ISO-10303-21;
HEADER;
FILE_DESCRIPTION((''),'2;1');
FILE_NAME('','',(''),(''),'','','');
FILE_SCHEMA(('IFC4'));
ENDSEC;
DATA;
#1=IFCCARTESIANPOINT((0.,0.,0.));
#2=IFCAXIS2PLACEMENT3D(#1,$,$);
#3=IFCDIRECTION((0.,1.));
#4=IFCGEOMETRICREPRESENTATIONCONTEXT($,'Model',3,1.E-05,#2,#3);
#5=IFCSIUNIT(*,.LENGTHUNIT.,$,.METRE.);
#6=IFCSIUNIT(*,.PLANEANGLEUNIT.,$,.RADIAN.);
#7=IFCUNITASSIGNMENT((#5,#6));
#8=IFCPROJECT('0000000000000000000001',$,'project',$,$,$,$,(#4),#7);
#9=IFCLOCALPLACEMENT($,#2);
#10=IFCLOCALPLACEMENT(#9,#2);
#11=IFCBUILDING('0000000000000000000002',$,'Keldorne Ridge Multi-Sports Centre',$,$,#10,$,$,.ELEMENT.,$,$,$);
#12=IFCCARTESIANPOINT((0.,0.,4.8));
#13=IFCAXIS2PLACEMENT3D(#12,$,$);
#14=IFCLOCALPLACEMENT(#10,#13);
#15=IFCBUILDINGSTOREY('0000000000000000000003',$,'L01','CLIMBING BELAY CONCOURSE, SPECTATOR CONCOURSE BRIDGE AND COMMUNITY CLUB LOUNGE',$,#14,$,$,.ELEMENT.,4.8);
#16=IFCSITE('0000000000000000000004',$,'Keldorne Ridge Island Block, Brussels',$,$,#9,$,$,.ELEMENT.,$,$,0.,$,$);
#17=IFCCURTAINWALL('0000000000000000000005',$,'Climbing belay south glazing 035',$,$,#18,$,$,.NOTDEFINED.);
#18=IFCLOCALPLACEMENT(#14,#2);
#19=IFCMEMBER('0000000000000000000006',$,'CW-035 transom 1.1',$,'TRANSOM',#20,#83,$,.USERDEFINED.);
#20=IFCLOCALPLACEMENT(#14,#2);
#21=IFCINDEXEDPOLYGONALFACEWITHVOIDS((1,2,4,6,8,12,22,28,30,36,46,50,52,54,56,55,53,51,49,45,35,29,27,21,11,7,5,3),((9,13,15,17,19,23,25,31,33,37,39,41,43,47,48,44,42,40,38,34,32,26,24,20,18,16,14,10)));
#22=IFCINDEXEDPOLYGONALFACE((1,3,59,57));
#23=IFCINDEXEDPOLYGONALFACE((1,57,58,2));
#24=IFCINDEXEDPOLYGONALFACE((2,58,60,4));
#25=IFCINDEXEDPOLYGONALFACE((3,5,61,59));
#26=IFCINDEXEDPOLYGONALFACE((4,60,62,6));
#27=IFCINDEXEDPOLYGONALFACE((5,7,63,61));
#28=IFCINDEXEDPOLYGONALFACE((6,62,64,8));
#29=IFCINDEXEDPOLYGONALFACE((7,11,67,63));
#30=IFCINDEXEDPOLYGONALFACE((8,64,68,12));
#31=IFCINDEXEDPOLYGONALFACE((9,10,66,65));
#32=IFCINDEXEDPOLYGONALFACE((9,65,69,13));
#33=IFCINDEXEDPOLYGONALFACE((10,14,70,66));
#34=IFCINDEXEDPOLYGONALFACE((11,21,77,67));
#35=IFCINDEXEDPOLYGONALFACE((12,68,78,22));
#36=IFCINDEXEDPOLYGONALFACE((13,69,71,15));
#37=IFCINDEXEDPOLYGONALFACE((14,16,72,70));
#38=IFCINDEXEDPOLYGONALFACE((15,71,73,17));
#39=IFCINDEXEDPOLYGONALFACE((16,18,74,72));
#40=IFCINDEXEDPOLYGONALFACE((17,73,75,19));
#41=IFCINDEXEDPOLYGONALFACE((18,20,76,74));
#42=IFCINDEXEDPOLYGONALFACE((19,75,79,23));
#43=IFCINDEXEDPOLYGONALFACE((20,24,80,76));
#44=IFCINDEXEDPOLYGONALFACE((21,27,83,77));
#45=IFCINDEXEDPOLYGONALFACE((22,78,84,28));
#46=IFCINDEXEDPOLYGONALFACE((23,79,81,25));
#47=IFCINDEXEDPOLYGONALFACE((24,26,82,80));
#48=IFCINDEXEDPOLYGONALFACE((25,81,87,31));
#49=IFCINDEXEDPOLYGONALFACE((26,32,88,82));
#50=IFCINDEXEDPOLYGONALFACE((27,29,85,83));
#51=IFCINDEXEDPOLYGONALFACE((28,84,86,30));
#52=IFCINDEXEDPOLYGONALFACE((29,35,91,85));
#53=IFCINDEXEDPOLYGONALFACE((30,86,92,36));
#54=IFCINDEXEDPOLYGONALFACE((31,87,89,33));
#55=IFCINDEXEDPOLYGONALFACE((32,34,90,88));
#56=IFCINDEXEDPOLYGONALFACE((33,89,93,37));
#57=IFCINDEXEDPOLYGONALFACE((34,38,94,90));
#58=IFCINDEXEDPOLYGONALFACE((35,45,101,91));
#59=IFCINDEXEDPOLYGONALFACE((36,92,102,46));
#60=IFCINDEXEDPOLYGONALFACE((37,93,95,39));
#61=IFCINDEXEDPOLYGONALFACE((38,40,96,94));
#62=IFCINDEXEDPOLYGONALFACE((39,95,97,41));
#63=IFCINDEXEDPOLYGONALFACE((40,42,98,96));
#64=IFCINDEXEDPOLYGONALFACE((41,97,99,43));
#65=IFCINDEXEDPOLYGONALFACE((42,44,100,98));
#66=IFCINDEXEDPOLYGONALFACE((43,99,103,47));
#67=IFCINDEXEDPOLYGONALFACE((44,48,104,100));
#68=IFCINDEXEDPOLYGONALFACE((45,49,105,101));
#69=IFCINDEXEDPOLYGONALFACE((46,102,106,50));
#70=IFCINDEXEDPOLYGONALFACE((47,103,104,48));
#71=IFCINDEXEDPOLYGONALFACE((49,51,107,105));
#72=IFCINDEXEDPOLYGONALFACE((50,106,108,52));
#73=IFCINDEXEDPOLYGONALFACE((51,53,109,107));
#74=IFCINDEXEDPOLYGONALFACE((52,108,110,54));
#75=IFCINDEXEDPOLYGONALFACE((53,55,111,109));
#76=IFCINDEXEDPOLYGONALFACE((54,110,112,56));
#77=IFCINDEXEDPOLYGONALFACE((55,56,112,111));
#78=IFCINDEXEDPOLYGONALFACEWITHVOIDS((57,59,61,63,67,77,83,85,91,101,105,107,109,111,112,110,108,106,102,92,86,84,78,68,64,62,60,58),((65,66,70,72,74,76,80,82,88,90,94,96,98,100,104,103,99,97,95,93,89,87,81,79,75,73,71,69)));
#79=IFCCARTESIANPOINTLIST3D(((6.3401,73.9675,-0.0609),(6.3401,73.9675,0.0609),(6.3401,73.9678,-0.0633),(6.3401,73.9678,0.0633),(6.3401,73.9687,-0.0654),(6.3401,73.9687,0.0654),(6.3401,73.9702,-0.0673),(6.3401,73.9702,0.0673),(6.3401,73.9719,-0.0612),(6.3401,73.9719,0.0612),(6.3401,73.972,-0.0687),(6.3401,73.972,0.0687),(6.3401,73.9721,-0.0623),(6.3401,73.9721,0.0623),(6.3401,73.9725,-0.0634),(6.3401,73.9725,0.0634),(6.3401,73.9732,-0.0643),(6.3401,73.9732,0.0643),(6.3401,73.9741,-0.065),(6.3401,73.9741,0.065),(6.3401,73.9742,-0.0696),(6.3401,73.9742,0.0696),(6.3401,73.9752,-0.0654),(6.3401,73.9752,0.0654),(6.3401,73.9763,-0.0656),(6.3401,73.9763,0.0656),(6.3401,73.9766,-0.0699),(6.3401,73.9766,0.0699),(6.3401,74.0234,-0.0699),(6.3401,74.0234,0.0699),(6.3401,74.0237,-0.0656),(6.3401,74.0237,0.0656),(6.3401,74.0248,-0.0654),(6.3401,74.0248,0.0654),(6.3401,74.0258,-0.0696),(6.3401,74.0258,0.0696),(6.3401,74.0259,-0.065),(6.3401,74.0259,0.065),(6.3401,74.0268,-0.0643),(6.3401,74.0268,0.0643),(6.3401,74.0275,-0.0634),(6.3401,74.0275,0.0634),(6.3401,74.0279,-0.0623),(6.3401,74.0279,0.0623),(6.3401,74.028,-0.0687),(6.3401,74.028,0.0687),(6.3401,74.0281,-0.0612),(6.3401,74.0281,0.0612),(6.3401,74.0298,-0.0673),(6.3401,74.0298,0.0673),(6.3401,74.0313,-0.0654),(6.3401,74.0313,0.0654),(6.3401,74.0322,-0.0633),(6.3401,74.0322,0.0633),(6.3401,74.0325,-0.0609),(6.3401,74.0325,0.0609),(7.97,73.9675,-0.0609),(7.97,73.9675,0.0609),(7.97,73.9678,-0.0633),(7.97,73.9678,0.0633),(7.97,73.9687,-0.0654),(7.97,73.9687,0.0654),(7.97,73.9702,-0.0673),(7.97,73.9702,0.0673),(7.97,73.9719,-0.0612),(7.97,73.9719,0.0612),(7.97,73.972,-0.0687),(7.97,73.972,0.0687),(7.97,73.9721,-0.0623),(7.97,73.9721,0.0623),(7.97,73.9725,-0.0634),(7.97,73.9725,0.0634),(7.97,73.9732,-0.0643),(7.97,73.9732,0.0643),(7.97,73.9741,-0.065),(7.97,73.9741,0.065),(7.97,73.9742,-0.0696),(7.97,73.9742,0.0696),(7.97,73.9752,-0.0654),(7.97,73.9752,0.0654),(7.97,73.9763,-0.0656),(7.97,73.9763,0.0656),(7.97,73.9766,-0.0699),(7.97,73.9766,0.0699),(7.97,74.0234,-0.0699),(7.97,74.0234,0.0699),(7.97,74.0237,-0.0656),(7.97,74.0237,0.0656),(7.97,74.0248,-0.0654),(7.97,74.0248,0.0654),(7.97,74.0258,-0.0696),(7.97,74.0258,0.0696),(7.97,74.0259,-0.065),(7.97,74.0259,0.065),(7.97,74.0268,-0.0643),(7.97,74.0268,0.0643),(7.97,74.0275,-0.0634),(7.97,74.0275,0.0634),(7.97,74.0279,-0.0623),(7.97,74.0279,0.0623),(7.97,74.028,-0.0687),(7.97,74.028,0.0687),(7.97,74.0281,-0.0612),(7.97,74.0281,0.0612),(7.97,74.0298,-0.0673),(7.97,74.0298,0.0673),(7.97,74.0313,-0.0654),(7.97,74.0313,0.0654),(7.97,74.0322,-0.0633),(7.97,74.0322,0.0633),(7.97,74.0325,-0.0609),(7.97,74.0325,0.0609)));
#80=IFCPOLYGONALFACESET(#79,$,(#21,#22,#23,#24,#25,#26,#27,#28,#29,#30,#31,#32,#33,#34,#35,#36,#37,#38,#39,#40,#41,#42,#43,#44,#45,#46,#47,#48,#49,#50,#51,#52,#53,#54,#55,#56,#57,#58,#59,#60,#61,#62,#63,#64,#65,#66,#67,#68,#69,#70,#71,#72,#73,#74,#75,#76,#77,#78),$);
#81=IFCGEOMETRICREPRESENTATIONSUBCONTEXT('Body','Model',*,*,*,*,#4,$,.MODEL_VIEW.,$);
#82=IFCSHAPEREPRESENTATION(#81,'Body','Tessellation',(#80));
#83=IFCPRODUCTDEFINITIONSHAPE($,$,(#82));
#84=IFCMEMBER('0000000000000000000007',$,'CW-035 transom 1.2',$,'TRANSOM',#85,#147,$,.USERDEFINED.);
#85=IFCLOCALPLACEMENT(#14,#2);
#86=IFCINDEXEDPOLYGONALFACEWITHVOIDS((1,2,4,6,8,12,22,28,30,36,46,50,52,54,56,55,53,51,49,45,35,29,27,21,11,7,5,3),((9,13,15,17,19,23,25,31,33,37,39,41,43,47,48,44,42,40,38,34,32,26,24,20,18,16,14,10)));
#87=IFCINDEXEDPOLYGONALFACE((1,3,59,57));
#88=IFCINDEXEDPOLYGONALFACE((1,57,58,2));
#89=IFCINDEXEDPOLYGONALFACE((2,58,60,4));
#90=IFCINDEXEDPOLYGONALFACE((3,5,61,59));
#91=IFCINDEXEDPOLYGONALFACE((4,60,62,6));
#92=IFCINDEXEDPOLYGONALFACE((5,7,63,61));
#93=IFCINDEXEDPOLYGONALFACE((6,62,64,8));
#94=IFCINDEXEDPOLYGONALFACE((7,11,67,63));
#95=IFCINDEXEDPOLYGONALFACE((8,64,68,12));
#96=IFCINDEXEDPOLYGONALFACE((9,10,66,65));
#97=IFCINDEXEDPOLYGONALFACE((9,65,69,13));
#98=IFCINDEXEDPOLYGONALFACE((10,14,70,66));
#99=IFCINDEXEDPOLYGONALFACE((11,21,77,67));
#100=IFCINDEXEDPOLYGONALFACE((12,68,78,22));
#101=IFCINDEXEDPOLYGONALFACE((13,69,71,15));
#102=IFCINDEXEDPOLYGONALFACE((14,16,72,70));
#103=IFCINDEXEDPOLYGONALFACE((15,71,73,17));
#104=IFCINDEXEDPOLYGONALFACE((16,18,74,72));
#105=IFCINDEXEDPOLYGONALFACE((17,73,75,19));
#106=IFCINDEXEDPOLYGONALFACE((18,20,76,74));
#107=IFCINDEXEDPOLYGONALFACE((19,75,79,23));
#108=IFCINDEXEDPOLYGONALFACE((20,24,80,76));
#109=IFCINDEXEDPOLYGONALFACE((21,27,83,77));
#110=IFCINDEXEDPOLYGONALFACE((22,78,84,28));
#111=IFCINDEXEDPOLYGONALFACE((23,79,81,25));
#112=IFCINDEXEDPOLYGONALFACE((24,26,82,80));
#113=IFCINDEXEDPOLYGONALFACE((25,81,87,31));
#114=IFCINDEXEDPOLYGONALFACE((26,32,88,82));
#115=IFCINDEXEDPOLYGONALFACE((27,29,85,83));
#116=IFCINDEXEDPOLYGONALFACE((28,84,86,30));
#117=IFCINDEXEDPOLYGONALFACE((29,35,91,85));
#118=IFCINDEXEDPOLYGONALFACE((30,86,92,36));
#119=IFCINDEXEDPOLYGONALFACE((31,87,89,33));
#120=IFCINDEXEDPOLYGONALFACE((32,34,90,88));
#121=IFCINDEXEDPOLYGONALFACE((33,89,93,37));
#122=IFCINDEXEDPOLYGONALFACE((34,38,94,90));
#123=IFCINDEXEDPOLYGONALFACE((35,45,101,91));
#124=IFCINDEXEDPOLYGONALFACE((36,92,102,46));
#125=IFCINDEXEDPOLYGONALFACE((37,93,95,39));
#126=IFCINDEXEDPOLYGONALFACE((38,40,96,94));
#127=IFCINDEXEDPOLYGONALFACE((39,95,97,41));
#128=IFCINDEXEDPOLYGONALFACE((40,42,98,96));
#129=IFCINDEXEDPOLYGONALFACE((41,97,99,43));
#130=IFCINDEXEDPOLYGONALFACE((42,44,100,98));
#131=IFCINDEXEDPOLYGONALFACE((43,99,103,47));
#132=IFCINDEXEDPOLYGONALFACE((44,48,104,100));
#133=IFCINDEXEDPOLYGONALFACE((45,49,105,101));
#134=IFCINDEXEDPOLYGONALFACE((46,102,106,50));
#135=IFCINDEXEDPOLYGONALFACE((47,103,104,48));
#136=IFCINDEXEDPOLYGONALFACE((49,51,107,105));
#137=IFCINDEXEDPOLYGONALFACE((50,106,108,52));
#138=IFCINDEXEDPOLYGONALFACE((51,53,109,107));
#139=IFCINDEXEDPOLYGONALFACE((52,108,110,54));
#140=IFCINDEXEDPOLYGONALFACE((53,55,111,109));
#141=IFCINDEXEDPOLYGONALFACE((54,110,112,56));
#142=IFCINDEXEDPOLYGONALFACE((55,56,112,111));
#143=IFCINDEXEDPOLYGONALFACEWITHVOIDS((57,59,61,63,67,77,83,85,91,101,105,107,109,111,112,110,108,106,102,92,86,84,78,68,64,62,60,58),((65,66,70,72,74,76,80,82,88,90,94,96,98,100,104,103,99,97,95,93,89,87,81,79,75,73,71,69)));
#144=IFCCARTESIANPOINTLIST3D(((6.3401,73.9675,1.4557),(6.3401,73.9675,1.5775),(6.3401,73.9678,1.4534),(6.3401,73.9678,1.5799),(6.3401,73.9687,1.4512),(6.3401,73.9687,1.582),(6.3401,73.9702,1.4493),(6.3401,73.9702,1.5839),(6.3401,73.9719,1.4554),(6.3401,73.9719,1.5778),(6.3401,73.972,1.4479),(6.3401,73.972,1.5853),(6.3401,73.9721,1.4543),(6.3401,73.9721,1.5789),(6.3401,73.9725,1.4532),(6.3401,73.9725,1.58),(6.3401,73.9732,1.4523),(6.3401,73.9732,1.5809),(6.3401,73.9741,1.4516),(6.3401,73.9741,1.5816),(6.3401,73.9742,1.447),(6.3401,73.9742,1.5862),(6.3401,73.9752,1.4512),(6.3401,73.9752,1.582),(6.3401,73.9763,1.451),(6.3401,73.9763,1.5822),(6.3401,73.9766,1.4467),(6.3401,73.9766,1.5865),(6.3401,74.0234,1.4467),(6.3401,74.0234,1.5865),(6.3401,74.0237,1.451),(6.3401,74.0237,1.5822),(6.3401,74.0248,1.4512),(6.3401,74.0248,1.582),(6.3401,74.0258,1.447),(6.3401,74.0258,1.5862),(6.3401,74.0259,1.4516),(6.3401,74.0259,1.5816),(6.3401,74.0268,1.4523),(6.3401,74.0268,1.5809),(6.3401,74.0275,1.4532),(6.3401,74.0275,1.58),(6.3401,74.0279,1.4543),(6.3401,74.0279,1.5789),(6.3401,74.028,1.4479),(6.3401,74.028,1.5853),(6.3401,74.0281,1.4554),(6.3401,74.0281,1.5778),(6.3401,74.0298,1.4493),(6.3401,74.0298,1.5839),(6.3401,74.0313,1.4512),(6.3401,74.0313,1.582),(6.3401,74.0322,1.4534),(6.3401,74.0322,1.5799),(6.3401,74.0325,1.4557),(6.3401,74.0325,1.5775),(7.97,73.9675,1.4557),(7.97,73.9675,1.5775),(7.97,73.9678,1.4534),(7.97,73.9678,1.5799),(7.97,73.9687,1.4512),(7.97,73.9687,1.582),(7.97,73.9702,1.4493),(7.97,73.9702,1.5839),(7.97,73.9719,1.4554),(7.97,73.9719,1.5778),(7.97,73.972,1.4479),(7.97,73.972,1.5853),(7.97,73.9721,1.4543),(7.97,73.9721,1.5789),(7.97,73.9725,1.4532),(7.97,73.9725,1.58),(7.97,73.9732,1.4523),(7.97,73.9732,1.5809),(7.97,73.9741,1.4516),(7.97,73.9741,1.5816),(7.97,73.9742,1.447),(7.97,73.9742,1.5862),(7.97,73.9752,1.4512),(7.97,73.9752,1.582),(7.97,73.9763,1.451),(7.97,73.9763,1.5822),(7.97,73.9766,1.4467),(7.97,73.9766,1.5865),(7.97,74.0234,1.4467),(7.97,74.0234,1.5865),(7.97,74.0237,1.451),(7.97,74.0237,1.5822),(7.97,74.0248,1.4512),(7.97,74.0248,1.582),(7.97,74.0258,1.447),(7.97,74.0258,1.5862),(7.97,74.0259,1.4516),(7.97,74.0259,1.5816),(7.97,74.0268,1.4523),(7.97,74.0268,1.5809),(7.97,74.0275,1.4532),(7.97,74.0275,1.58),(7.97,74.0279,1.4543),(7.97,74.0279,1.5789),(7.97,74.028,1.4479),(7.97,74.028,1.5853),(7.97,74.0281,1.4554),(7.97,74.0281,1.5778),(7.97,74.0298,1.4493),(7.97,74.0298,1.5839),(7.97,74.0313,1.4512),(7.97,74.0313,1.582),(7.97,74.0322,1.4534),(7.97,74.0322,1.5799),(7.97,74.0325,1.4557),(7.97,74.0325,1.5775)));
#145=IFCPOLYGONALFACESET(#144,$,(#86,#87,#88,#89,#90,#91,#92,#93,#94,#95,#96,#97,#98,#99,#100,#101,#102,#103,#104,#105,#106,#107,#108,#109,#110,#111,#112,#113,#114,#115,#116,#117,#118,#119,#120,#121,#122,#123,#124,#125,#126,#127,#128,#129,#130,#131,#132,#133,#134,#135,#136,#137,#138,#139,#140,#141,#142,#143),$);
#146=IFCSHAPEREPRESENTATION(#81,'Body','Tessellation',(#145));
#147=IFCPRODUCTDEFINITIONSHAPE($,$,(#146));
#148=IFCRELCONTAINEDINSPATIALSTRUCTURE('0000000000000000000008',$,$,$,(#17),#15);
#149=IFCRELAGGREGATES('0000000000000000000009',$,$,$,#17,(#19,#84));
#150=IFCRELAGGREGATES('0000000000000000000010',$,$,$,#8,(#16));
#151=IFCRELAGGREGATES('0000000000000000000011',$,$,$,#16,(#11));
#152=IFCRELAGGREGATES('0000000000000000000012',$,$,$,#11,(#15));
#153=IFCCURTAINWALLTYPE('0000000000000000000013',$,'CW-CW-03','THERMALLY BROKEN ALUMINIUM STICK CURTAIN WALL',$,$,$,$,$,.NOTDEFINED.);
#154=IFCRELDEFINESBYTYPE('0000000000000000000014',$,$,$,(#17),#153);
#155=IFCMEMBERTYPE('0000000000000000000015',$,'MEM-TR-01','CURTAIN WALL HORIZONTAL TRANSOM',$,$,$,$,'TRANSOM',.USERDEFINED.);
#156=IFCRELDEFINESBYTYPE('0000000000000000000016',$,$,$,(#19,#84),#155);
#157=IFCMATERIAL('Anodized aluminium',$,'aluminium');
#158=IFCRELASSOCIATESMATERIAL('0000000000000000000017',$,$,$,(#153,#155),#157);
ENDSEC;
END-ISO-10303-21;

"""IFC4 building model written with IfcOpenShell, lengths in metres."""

from ifc_helpers import new_model, si_unit, direction, frame, origin, origin_2d, place, context, subcontext, project, spatial, hollow_rectangle, extrude, material, material_profile, profile_set, type_object, element, aggregate, save


model = new_model("IFC4")

# Units and contexts
model_context = context("Model", 3, precision=1e-05, world=origin(), true_north=direction((0.0, 1.0)))
body_context = subcontext(model_context, "Body", "Model", "MODEL_VIEW")
ifc_project = project(units=[si_unit("LENGTHUNIT", "METRE"), si_unit("PLANEANGLEUNIT", "RADIAN")], contexts=[model_context])

# Site, building, storey
site_placement = place(None, origin())
site = spatial("IfcSite", under=ifc_project, at=site_placement, Name="Keldorne Ridge Island Block, Brussels", CompositionType="ELEMENT", RefElevation=0.0)
building_placement = place(site_placement, origin())
building = spatial("IfcBuilding", under=site, at=building_placement, Name="Keldorne Ridge Multi-Sports Centre", CompositionType="ELEMENT")
storey_placement = place(building_placement, frame((0.0, 0.0, 4.8)))
storey = spatial("IfcBuildingStorey", under=building, at=storey_placement, Name="L01", Description="CLIMBING BELAY CONCOURSE, SPECTATOR CONCOURSE BRIDGE AND COMMUNITY CLUB LOUNGE", CompositionType="ELEMENT", Elevation=4.8)

# Curtain wall, members
ifc_material_1 = material(Name="Anodized aluminium", Category="aluminium")
curtain_wall_type = type_object("IfcCurtainWallType", Name="CW-CW-03", Description="THERMALLY BROKEN ALUMINIUM STICK CURTAIN WALL", PredefinedType="NOTDEFINED", material=ifc_material_1)
curtain_wall_placement = place(storey_placement, origin())
curtain_wall = element("IfcCurtainWall", 1, at=curtain_wall_placement, inside=storey, type_object=curtain_wall_type, Name="Climbing belay south glazing 035", PredefinedType="NOTDEFINED")
ifc_material_profile_1 = material_profile(ifc_material_1, hollow_rectangle(XDim=0.0649, YDim=0.1399, WallThickness=0.0044, InnerFilletRadius=0.0044, OuterFilletRadius=0.009, at=origin_2d()), Name="ALU TRANSOM 140x65x4.5")
ifc_profile_set_1 = profile_set([ifc_material_profile_1], Name="Anodized aluminium")
member_type_1 = type_object("IfcMemberType", Name="MEM-TR-01", Description="CURTAIN WALL HORIZONTAL TRANSOM", ElementType="TRANSOM", PredefinedType="USERDEFINED", material=ifc_profile_set_1)
member_1_placement = place(storey_placement, frame((6.3401, 74.0, 0.0), z_axis=(1.0, 0.0, 0.0), x_axis=(0.0, 1.0, 0.0)))
member_1 = element("IfcMember", 2, at=member_1_placement, type_object=member_type_1, Name="CW-035 transom 1.1", ObjectType="TRANSOM", PredefinedType="USERDEFINED", context=body_context, shape_type="SweptSolid", body=[
    extrude(hollow_rectangle(XDim=0.0649, YDim=0.1399, WallThickness=0.0044, InnerFilletRadius=0.0044, OuterFilletRadius=0.009, at=origin_2d()), origin(), (0.0, 0.0, 1.0), 1.6299),
])
member_2_placement = place(storey_placement, frame((6.3401, 74.0, 1.5166), z_axis=(1.0, 0.0, 0.0), x_axis=(0.0, 1.0, 0.0)))
member_2 = element("IfcMember", 3, at=member_2_placement, type_object=member_type_1, Name="CW-035 transom 1.2", ObjectType="TRANSOM", PredefinedType="USERDEFINED", context=body_context, shape_type="SweptSolid", body=[
    extrude(hollow_rectangle(XDim=0.0649, YDim=0.1399, WallThickness=0.0044, InnerFilletRadius=0.0044, OuterFilletRadius=0.009, at=origin_2d()), origin(), (0.0, 0.0, 1.0), 1.6299),
])
aggregate(curtain_wall, [member_1, member_2])

save(model, "model.ifc")
